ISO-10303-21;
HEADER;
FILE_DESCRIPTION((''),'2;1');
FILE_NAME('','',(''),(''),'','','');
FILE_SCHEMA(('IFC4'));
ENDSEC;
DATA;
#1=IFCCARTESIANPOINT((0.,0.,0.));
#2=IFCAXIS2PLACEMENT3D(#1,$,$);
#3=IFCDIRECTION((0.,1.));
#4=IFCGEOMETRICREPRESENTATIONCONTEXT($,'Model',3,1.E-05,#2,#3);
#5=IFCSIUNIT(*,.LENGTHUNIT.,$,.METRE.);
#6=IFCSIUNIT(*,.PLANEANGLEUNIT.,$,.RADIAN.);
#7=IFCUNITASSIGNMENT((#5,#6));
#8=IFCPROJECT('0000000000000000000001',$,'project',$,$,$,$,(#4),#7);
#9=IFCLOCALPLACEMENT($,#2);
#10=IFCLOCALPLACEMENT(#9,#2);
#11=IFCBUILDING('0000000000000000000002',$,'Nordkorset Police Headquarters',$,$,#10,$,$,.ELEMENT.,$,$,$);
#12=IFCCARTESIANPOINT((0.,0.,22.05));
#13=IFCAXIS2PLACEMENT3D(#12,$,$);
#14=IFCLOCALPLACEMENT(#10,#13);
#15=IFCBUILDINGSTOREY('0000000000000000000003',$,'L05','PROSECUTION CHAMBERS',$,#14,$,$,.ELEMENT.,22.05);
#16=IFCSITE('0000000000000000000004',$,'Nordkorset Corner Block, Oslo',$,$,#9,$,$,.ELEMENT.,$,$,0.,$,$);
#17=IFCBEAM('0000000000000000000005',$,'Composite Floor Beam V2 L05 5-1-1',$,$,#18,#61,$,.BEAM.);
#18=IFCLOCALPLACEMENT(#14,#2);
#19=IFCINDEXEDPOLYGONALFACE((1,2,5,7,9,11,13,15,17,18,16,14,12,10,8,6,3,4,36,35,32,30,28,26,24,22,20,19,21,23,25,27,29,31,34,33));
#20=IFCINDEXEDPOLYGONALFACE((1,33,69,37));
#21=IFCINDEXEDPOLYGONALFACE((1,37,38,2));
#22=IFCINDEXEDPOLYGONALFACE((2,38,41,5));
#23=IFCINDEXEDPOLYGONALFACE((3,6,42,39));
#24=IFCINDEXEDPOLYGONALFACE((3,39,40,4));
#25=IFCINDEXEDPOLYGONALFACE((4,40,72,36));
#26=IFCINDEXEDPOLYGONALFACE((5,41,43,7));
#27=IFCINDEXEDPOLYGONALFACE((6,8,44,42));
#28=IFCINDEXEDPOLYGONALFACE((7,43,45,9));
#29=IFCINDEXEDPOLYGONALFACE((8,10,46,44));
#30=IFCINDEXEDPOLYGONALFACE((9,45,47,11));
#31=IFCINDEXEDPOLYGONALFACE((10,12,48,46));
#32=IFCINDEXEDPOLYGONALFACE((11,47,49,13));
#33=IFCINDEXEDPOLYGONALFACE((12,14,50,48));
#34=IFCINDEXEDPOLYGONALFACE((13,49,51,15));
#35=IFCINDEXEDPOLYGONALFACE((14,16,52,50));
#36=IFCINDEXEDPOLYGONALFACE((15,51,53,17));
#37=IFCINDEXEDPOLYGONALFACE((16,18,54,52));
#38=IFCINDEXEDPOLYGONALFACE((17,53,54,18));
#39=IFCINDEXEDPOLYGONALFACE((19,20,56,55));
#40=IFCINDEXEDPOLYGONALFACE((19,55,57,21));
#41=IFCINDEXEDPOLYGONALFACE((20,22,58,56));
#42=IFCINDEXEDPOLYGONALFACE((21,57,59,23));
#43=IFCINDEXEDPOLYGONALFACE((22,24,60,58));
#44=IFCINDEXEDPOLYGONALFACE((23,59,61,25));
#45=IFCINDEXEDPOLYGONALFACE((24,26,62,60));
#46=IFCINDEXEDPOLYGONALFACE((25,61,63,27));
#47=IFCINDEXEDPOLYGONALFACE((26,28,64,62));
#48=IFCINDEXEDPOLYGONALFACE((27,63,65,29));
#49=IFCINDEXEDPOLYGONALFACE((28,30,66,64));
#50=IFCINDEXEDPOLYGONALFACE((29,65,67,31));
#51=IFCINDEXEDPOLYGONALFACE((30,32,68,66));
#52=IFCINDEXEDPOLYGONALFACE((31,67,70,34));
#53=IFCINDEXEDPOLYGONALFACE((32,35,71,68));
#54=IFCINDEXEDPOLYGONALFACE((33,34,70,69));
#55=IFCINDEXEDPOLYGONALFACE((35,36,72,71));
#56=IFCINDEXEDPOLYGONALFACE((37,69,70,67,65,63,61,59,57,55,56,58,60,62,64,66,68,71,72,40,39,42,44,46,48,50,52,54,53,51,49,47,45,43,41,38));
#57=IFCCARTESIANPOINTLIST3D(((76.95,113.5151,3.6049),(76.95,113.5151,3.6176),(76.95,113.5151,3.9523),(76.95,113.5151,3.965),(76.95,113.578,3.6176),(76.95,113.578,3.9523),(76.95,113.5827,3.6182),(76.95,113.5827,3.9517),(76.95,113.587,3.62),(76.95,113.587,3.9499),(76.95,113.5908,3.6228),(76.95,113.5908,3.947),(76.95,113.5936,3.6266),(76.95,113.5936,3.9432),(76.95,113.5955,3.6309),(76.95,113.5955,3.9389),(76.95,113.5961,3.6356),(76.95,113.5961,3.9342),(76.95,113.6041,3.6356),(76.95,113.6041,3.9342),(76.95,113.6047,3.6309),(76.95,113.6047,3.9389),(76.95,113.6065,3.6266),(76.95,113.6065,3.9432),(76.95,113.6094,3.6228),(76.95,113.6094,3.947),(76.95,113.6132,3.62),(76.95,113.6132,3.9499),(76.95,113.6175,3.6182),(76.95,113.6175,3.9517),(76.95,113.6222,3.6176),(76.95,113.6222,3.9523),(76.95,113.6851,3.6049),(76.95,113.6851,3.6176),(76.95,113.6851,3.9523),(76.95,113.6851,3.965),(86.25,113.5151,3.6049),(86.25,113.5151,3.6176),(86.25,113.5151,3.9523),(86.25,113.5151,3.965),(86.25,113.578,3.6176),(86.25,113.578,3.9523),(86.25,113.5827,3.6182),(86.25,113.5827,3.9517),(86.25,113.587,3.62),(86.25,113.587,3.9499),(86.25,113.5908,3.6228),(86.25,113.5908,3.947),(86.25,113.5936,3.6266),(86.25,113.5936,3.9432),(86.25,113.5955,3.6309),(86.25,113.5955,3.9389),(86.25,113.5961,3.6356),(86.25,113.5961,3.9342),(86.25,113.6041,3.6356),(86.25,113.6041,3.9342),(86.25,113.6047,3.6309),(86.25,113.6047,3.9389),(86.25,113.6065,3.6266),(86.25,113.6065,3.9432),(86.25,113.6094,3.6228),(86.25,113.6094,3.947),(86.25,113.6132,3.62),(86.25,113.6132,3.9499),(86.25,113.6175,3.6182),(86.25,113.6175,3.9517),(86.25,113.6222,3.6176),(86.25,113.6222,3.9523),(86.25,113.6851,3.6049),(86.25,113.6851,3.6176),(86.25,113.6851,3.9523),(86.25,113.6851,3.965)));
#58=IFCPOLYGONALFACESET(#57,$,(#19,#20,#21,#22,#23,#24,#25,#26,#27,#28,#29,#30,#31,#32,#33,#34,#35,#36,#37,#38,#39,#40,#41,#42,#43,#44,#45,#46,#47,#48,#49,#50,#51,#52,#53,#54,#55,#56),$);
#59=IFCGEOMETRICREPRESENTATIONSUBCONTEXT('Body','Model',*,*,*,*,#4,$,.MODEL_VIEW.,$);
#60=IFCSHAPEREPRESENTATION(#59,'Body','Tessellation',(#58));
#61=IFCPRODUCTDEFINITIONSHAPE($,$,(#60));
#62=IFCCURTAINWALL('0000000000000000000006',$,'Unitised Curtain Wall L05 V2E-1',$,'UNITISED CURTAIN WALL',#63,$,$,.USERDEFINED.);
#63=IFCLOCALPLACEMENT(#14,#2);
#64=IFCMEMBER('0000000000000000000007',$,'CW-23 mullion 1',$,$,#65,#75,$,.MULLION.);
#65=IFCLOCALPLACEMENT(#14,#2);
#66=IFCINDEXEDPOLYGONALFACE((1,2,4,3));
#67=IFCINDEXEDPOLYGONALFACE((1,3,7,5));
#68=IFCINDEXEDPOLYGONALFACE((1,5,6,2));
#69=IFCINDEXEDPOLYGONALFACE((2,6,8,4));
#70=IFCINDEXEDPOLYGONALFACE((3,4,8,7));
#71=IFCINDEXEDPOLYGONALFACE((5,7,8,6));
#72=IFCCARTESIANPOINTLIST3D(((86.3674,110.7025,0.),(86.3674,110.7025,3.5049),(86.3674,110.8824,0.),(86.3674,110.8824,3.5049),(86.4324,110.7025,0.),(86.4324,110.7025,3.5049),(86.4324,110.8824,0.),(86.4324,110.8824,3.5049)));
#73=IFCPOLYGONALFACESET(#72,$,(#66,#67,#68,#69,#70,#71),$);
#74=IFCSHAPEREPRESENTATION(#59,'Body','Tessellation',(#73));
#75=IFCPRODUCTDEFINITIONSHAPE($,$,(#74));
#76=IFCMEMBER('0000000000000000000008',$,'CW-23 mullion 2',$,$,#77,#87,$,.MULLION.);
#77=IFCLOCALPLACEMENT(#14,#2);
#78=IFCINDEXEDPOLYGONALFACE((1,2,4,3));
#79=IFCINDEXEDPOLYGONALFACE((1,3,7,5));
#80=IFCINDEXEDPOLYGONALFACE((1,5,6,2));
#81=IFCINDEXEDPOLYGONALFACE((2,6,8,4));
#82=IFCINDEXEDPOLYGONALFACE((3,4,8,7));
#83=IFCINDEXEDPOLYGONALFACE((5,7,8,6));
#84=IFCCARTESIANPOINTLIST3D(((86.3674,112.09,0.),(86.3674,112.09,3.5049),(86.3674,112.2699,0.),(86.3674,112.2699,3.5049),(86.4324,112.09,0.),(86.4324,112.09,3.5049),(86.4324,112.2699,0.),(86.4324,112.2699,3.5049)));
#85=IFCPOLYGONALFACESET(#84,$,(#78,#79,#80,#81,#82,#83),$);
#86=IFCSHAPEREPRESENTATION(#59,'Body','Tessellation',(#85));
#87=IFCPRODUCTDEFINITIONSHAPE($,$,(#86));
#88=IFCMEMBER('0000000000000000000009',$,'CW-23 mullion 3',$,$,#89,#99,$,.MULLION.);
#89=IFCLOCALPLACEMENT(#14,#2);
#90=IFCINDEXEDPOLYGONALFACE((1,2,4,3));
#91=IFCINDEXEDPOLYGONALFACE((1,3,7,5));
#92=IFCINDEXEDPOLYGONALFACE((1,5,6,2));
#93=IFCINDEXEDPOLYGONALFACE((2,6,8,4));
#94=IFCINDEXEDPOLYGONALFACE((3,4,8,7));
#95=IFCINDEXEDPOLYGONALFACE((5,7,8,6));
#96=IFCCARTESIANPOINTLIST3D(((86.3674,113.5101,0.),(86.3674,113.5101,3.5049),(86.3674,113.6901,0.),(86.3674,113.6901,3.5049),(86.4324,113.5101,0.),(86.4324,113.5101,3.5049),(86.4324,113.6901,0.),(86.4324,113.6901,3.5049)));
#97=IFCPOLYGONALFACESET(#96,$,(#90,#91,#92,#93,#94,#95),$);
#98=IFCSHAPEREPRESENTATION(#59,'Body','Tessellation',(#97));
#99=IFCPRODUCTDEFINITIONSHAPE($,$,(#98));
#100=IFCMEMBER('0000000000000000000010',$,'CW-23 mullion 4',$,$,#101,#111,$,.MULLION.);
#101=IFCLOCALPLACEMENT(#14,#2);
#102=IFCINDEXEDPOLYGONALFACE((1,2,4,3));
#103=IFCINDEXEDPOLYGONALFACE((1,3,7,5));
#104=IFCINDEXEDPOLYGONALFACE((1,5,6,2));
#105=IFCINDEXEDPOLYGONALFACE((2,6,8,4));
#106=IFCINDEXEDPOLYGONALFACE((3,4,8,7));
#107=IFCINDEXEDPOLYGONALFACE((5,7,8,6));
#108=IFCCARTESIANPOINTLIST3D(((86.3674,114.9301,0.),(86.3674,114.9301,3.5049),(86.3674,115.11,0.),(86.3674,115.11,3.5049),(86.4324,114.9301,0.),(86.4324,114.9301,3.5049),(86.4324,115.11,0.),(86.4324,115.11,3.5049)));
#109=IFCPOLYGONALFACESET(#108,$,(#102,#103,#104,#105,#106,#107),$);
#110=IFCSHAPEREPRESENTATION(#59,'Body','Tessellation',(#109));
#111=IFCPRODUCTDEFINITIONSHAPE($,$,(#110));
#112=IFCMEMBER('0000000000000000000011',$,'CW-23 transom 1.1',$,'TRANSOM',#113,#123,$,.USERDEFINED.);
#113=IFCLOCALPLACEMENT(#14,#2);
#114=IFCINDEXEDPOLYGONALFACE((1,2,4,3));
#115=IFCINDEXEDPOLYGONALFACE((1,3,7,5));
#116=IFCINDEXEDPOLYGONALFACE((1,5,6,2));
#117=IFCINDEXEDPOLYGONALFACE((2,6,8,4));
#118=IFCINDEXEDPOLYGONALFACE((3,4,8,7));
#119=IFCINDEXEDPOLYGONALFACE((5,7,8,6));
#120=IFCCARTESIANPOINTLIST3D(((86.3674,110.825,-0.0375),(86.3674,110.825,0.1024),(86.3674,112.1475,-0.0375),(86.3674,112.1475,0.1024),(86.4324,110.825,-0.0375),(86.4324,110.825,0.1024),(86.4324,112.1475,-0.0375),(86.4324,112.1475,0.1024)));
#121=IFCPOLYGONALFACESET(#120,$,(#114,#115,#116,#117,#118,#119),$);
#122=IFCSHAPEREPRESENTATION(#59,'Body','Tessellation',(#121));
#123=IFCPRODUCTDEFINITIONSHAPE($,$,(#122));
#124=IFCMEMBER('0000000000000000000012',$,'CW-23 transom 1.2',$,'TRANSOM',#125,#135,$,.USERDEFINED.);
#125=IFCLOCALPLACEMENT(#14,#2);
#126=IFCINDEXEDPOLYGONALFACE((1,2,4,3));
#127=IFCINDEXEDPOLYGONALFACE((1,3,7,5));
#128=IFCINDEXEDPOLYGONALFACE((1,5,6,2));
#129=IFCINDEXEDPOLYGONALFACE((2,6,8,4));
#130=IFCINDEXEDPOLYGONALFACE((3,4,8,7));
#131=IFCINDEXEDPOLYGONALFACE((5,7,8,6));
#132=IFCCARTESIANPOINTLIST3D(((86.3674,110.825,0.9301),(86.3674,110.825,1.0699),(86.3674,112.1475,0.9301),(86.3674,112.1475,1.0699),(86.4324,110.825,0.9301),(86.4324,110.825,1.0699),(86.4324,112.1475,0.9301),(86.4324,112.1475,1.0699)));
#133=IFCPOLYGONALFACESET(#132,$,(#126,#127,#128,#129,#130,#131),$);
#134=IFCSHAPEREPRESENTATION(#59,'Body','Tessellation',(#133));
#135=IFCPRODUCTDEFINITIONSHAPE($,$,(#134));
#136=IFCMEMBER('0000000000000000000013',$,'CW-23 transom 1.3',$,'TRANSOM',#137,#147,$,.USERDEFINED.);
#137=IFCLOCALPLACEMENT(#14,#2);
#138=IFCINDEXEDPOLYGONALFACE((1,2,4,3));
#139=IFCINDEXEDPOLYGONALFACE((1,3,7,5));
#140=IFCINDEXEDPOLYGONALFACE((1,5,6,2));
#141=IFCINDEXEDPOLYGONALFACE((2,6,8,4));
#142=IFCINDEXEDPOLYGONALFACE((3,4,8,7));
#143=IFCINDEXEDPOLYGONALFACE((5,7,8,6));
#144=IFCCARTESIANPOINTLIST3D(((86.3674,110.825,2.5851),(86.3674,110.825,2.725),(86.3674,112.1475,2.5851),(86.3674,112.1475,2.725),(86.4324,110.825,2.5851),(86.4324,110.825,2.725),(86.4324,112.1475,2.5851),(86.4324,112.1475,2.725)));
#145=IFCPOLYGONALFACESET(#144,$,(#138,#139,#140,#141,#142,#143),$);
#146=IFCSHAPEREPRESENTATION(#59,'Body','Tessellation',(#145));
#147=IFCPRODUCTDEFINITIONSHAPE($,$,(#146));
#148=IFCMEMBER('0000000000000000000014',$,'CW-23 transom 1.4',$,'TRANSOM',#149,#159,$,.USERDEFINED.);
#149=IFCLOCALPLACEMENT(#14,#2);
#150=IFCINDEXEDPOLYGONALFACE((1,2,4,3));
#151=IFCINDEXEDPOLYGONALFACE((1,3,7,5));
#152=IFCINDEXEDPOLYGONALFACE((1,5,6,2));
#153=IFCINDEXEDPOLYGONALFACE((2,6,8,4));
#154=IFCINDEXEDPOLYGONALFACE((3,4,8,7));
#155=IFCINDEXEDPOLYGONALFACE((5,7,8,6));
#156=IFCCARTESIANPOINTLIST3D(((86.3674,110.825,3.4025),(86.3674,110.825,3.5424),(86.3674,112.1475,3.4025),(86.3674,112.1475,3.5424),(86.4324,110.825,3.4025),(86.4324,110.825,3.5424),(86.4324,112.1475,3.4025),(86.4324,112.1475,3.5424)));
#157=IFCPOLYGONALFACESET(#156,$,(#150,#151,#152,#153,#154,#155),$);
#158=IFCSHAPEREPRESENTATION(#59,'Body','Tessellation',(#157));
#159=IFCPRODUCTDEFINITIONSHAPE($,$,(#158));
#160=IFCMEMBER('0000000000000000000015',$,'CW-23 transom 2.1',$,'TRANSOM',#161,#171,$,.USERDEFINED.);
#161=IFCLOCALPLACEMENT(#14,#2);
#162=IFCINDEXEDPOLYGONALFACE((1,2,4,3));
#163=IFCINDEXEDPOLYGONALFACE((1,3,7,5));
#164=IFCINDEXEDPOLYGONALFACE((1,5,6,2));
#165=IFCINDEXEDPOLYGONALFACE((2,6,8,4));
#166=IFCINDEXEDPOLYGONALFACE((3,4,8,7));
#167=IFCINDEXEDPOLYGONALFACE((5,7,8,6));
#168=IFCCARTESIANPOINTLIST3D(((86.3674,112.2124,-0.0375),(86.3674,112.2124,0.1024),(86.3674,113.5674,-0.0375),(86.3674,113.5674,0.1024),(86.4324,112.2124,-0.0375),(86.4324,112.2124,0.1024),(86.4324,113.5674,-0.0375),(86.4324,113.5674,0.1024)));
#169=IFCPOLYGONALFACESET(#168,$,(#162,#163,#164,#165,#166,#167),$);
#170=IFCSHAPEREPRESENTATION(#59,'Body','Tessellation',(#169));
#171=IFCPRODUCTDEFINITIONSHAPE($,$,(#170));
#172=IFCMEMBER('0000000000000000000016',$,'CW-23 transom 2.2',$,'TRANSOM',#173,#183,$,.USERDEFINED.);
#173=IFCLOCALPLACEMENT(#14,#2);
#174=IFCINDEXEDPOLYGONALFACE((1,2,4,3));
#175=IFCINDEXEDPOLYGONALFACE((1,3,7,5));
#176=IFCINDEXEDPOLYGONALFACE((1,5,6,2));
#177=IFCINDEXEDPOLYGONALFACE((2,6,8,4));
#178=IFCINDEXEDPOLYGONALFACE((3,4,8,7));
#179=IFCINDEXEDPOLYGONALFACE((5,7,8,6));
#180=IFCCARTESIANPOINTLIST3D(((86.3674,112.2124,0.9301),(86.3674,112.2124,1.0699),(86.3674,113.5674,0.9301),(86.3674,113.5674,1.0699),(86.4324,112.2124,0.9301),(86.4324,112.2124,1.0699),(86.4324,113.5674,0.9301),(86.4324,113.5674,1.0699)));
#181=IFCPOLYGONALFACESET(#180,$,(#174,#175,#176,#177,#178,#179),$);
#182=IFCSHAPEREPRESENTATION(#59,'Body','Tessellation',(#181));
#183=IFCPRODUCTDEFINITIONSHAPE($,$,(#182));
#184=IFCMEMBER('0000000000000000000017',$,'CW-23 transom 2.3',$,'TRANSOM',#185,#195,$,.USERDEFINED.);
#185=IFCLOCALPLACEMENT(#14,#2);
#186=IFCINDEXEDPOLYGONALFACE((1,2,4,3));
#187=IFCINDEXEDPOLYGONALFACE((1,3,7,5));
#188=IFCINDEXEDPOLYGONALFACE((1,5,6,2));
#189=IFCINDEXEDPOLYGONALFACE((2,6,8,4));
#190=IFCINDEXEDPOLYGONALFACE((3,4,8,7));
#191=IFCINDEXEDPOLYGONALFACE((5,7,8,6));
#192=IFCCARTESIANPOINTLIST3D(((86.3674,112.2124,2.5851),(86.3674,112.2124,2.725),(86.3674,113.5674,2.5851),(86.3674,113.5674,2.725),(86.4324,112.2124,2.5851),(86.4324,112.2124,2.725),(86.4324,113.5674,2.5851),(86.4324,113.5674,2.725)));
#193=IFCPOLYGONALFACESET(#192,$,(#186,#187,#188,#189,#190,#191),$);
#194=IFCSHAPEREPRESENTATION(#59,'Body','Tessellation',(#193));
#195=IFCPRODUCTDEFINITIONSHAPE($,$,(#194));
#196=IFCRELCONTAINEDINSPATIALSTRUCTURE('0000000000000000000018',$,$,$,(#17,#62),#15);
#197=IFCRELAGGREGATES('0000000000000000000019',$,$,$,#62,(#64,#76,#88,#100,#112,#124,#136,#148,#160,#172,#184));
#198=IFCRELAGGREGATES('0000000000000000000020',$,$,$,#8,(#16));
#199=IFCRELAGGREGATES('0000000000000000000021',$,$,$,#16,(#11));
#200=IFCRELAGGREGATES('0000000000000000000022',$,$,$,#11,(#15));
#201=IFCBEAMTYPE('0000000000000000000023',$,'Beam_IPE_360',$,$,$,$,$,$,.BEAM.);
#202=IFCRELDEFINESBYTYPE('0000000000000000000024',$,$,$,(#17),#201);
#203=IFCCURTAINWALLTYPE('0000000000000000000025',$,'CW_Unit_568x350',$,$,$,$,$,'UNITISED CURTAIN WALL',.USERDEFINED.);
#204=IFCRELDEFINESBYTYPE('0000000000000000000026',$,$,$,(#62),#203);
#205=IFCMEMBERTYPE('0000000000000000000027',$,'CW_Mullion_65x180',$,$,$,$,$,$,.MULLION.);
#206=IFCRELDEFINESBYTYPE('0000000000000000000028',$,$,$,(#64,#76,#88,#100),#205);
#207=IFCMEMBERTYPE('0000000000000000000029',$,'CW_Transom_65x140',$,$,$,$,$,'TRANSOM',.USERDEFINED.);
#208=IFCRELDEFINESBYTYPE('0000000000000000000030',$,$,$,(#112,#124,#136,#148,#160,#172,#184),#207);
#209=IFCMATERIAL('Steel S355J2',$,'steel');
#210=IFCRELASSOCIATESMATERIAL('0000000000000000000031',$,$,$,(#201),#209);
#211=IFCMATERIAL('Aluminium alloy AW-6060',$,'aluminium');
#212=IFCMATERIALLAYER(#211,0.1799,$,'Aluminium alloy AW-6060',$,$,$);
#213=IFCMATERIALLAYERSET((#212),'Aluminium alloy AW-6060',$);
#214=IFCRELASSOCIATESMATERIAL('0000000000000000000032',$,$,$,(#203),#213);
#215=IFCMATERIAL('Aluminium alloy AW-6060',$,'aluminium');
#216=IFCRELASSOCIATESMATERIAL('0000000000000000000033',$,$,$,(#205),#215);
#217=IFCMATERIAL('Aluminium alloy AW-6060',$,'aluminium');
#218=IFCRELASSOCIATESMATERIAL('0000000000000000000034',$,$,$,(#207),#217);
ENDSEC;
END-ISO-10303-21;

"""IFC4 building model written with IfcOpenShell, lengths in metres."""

from ifc_helpers import new_model, si_unit, direction, frame, origin, origin_2d, place, context, subcontext, project, spatial, rectangle, i_section, extrude, material, layer, layer_set, material_profile, profile_set, type_object, element, aggregate, save


model = new_model("IFC4")

# Units and contexts
model_context = context("Model", 3, precision=1e-05, world=origin(), true_north=direction((0.0, 1.0)))
body_context = subcontext(model_context, "Body", "Model", "MODEL_VIEW")
ifc_project = project(units=[si_unit("LENGTHUNIT", "METRE"), si_unit("PLANEANGLEUNIT", "RADIAN")], contexts=[model_context])

# Site, building, storey
site_placement = place(None, origin())
site = spatial("IfcSite", under=ifc_project, at=site_placement, Name="Nordkorset Corner Block, Oslo", CompositionType="ELEMENT", RefElevation=0.0)
building_placement = place(site_placement, origin())
building = spatial("IfcBuilding", under=site, at=building_placement, Name="Nordkorset Police Headquarters", CompositionType="ELEMENT")
storey_placement = place(building_placement, frame((0.0, 0.0, 22.05)))
storey = spatial("IfcBuildingStorey", under=building, at=storey_placement, Name="L05", Description="PROSECUTION CHAMBERS", CompositionType="ELEMENT", Elevation=22.05)

# Beam
ifc_material_1 = material(Name="Steel S355J2", Category="steel")
ifc_material_profile_1 = material_profile(ifc_material_1, i_section(OverallWidth=0.1699, OverallDepth=0.3601, WebThickness=0.0081, FlangeThickness=0.0127, FilletRadius=0.0181, at=origin_2d()), Name="IPE 360")
ifc_profile_set_1 = profile_set([ifc_material_profile_1], Name="Steel S355J2")
beam_type = type_object("IfcBeamType", Name="Beam_IPE_360", PredefinedType="BEAM", material=ifc_profile_set_1)
beam_placement = place(storey_placement, frame((76.95, 113.6001, 3.7849), z_axis=(1.0, 0.0, 0.0), x_axis=(0.0, 1.0, 0.0)))
element("IfcBeam", 1, at=beam_placement, inside=storey, type_object=beam_type, Name="Composite Floor Beam V2 L05 5-1-1", PredefinedType="BEAM", context=body_context, shape_type="SweptSolid", body=[
    extrude(i_section(OverallWidth=0.1699, OverallDepth=0.3601, WebThickness=0.0081, FlangeThickness=0.0127, FilletRadius=0.0181, at=origin_2d()), origin(), (0.0, 0.0, 1.0), 9.3),
])

# Curtain wall, members
ifc_material_2 = material(Name="Aluminium alloy AW-6060", Category="aluminium")
ifc_layer_1 = layer(ifc_material_2, 0.1799, Name="Aluminium alloy AW-6060")
ifc_layer_set_1 = layer_set([ifc_layer_1], Name="Aluminium alloy AW-6060")
curtain_wall_type = type_object("IfcCurtainWallType", Name="CW_Unit_568x350", ElementType="UNITISED CURTAIN WALL", PredefinedType="USERDEFINED", material=ifc_layer_set_1)
curtain_wall_placement = place(storey_placement, origin())
curtain_wall = element("IfcCurtainWall", 2, at=curtain_wall_placement, inside=storey, type_object=curtain_wall_type, Name="Unitised Curtain Wall L05 V2E-1", ObjectType="UNITISED CURTAIN WALL", PredefinedType="USERDEFINED")
ifc_material_3 = material(Name="Aluminium alloy AW-6060", Category="aluminium")
ifc_material_profile_2 = material_profile(ifc_material_3, rectangle(XDim=0.0649, YDim=0.1799, at=origin_2d()), Name="ALU MULL 65x180")
ifc_profile_set_2 = profile_set([ifc_material_profile_2], Name="Aluminium alloy AW-6060")
member_type_1 = type_object("IfcMemberType", Name="CW_Mullion_65x180", PredefinedType="MULLION", material=ifc_profile_set_2)
member_1_placement = place(storey_placement, frame((86.3999, 110.7925, 0.0), z_axis=(0.0, 0.0, 1.0), x_axis=(-1.0, 0.0, 0.0)))
member_1 = element("IfcMember", 3, at=member_1_placement, type_object=member_type_1, Name="CW-23 mullion 1", PredefinedType="MULLION", context=body_context, shape_type="SweptSolid", body=[
    extrude(rectangle(XDim=0.0649, YDim=0.1799, at=origin_2d()), origin(), (0.0, 0.0, 1.0), 3.5049),
])
member_2_placement = place(storey_placement, frame((86.3999, 112.1799, 0.0), z_axis=(0.0, 0.0, 1.0), x_axis=(-1.0, 0.0, 0.0)))
member_2 = element("IfcMember", 4, at=member_2_placement, type_object=member_type_1, Name="CW-23 mullion 2", PredefinedType="MULLION", context=body_context, shape_type="SweptSolid", body=[
    extrude(rectangle(XDim=0.0649, YDim=0.1799, at=origin_2d()), origin(), (0.0, 0.0, 1.0), 3.5049),
])
member_3_placement = place(storey_placement, frame((86.3999, 113.6001, 0.0), z_axis=(0.0, 0.0, 1.0), x_axis=(-1.0, 0.0, 0.0)))
member_3 = element("IfcMember", 5, at=member_3_placement, type_object=member_type_1, Name="CW-23 mullion 3", PredefinedType="MULLION", context=body_context, shape_type="SweptSolid", body=[
    extrude(rectangle(XDim=0.0649, YDim=0.1799, at=origin_2d()), origin(), (0.0, 0.0, 1.0), 3.5049),
])
member_4_placement = place(storey_placement, frame((86.3999, 115.02, 0.0), z_axis=(0.0, 0.0, 1.0), x_axis=(-1.0, 0.0, 0.0)))
member_4 = element("IfcMember", 6, at=member_4_placement, type_object=member_type_1, Name="CW-23 mullion 4", PredefinedType="MULLION", context=body_context, shape_type="SweptSolid", body=[
    extrude(rectangle(XDim=0.0649, YDim=0.1799, at=origin_2d()), origin(), (0.0, 0.0, 1.0), 3.5049),
])
ifc_material_4 = material(Name="Aluminium alloy AW-6060", Category="aluminium")
ifc_material_profile_3 = material_profile(ifc_material_4, rectangle(XDim=0.0649, YDim=0.1399, at=origin_2d()), Name="ALU TRAN 65x140")
ifc_profile_set_3 = profile_set([ifc_material_profile_3], Name="Aluminium alloy AW-6060")
member_type_2 = type_object("IfcMemberType", Name="CW_Transom_65x140", ElementType="TRANSOM", PredefinedType="USERDEFINED", material=ifc_profile_set_3)
member_5_placement = place(storey_placement, frame((86.3999, 110.825, 0.0325), z_axis=(0.0, 1.0, 0.0), x_axis=(-1.0, 0.0, 0.0)))
member_5 = element("IfcMember", 7, at=member_5_placement, type_object=member_type_2, Name="CW-23 transom 1.1", ObjectType="TRANSOM", PredefinedType="USERDEFINED", context=body_context, shape_type="SweptSolid", body=[
    extrude(rectangle(XDim=0.0649, YDim=0.1399, at=origin_2d()), origin(), (0.0, 0.0, 1.0), 1.3225),
])
member_6_placement = place(storey_placement, frame((86.3999, 110.825, 1.0), z_axis=(0.0, 1.0, 0.0), x_axis=(-1.0, 0.0, 0.0)))
member_6 = element("IfcMember", 8, at=member_6_placement, type_object=member_type_2, Name="CW-23 transom 1.2", ObjectType="TRANSOM", PredefinedType="USERDEFINED", context=body_context, shape_type="SweptSolid", body=[
    extrude(rectangle(XDim=0.0649, YDim=0.1399, at=origin_2d()), origin(), (0.0, 0.0, 1.0), 1.3225),
])
member_7_placement = place(storey_placement, frame((86.3999, 110.825, 2.655), z_axis=(0.0, 1.0, 0.0), x_axis=(-1.0, 0.0, 0.0)))
member_7 = element("IfcMember", 9, at=member_7_placement, type_object=member_type_2, Name="CW-23 transom 1.3", ObjectType="TRANSOM", PredefinedType="USERDEFINED", context=body_context, shape_type="SweptSolid", body=[
    extrude(rectangle(XDim=0.0649, YDim=0.1399, at=origin_2d()), origin(), (0.0, 0.0, 1.0), 1.3225),
])
member_8_placement = place(storey_placement, frame((86.3999, 110.825, 3.4724), z_axis=(0.0, 1.0, 0.0), x_axis=(-1.0, 0.0, 0.0)))
member_8 = element("IfcMember", 10, at=member_8_placement, type_object=member_type_2, Name="CW-23 transom 1.4", ObjectType="TRANSOM", PredefinedType="USERDEFINED", context=body_context, shape_type="SweptSolid", body=[
    extrude(rectangle(XDim=0.0649, YDim=0.1399, at=origin_2d()), origin(), (0.0, 0.0, 1.0), 1.3225),
])
member_9_placement = place(storey_placement, frame((86.3999, 112.2124, 0.0325), z_axis=(0.0, 1.0, 0.0), x_axis=(-1.0, 0.0, 0.0)))
member_9 = element("IfcMember", 11, at=member_9_placement, type_object=member_type_2, Name="CW-23 transom 2.1", ObjectType="TRANSOM", PredefinedType="USERDEFINED", context=body_context, shape_type="SweptSolid", body=[
    extrude(rectangle(XDim=0.0649, YDim=0.1399, at=origin_2d()), origin(), (0.0, 0.0, 1.0), 1.355),
])
member_10_placement = place(storey_placement, frame((86.3999, 112.2124, 1.0), z_axis=(0.0, 1.0, 0.0), x_axis=(-1.0, 0.0, 0.0)))
member_10 = element("IfcMember", 12, at=member_10_placement, type_object=member_type_2, Name="CW-23 transom 2.2", ObjectType="TRANSOM", PredefinedType="USERDEFINED", context=body_context, shape_type="SweptSolid", body=[
    extrude(rectangle(XDim=0.0649, YDim=0.1399, at=origin_2d()), origin(), (0.0, 0.0, 1.0), 1.355),
])
member_11_placement = place(storey_placement, frame((86.3999, 112.2124, 2.655), z_axis=(0.0, 1.0, 0.0), x_axis=(-1.0, 0.0, 0.0)))
member_11 = element("IfcMember", 13, at=member_11_placement, type_object=member_type_2, Name="CW-23 transom 2.3", ObjectType="TRANSOM", PredefinedType="USERDEFINED", context=body_context, shape_type="SweptSolid", body=[
    extrude(rectangle(XDim=0.0649, YDim=0.1399, at=origin_2d()), origin(), (0.0, 0.0, 1.0), 1.355),
])
aggregate(curtain_wall, [member_1, member_2, member_3, member_4, member_5, member_6, member_7, member_8, member_9, member_10, member_11])

save(model, "model.ifc")
